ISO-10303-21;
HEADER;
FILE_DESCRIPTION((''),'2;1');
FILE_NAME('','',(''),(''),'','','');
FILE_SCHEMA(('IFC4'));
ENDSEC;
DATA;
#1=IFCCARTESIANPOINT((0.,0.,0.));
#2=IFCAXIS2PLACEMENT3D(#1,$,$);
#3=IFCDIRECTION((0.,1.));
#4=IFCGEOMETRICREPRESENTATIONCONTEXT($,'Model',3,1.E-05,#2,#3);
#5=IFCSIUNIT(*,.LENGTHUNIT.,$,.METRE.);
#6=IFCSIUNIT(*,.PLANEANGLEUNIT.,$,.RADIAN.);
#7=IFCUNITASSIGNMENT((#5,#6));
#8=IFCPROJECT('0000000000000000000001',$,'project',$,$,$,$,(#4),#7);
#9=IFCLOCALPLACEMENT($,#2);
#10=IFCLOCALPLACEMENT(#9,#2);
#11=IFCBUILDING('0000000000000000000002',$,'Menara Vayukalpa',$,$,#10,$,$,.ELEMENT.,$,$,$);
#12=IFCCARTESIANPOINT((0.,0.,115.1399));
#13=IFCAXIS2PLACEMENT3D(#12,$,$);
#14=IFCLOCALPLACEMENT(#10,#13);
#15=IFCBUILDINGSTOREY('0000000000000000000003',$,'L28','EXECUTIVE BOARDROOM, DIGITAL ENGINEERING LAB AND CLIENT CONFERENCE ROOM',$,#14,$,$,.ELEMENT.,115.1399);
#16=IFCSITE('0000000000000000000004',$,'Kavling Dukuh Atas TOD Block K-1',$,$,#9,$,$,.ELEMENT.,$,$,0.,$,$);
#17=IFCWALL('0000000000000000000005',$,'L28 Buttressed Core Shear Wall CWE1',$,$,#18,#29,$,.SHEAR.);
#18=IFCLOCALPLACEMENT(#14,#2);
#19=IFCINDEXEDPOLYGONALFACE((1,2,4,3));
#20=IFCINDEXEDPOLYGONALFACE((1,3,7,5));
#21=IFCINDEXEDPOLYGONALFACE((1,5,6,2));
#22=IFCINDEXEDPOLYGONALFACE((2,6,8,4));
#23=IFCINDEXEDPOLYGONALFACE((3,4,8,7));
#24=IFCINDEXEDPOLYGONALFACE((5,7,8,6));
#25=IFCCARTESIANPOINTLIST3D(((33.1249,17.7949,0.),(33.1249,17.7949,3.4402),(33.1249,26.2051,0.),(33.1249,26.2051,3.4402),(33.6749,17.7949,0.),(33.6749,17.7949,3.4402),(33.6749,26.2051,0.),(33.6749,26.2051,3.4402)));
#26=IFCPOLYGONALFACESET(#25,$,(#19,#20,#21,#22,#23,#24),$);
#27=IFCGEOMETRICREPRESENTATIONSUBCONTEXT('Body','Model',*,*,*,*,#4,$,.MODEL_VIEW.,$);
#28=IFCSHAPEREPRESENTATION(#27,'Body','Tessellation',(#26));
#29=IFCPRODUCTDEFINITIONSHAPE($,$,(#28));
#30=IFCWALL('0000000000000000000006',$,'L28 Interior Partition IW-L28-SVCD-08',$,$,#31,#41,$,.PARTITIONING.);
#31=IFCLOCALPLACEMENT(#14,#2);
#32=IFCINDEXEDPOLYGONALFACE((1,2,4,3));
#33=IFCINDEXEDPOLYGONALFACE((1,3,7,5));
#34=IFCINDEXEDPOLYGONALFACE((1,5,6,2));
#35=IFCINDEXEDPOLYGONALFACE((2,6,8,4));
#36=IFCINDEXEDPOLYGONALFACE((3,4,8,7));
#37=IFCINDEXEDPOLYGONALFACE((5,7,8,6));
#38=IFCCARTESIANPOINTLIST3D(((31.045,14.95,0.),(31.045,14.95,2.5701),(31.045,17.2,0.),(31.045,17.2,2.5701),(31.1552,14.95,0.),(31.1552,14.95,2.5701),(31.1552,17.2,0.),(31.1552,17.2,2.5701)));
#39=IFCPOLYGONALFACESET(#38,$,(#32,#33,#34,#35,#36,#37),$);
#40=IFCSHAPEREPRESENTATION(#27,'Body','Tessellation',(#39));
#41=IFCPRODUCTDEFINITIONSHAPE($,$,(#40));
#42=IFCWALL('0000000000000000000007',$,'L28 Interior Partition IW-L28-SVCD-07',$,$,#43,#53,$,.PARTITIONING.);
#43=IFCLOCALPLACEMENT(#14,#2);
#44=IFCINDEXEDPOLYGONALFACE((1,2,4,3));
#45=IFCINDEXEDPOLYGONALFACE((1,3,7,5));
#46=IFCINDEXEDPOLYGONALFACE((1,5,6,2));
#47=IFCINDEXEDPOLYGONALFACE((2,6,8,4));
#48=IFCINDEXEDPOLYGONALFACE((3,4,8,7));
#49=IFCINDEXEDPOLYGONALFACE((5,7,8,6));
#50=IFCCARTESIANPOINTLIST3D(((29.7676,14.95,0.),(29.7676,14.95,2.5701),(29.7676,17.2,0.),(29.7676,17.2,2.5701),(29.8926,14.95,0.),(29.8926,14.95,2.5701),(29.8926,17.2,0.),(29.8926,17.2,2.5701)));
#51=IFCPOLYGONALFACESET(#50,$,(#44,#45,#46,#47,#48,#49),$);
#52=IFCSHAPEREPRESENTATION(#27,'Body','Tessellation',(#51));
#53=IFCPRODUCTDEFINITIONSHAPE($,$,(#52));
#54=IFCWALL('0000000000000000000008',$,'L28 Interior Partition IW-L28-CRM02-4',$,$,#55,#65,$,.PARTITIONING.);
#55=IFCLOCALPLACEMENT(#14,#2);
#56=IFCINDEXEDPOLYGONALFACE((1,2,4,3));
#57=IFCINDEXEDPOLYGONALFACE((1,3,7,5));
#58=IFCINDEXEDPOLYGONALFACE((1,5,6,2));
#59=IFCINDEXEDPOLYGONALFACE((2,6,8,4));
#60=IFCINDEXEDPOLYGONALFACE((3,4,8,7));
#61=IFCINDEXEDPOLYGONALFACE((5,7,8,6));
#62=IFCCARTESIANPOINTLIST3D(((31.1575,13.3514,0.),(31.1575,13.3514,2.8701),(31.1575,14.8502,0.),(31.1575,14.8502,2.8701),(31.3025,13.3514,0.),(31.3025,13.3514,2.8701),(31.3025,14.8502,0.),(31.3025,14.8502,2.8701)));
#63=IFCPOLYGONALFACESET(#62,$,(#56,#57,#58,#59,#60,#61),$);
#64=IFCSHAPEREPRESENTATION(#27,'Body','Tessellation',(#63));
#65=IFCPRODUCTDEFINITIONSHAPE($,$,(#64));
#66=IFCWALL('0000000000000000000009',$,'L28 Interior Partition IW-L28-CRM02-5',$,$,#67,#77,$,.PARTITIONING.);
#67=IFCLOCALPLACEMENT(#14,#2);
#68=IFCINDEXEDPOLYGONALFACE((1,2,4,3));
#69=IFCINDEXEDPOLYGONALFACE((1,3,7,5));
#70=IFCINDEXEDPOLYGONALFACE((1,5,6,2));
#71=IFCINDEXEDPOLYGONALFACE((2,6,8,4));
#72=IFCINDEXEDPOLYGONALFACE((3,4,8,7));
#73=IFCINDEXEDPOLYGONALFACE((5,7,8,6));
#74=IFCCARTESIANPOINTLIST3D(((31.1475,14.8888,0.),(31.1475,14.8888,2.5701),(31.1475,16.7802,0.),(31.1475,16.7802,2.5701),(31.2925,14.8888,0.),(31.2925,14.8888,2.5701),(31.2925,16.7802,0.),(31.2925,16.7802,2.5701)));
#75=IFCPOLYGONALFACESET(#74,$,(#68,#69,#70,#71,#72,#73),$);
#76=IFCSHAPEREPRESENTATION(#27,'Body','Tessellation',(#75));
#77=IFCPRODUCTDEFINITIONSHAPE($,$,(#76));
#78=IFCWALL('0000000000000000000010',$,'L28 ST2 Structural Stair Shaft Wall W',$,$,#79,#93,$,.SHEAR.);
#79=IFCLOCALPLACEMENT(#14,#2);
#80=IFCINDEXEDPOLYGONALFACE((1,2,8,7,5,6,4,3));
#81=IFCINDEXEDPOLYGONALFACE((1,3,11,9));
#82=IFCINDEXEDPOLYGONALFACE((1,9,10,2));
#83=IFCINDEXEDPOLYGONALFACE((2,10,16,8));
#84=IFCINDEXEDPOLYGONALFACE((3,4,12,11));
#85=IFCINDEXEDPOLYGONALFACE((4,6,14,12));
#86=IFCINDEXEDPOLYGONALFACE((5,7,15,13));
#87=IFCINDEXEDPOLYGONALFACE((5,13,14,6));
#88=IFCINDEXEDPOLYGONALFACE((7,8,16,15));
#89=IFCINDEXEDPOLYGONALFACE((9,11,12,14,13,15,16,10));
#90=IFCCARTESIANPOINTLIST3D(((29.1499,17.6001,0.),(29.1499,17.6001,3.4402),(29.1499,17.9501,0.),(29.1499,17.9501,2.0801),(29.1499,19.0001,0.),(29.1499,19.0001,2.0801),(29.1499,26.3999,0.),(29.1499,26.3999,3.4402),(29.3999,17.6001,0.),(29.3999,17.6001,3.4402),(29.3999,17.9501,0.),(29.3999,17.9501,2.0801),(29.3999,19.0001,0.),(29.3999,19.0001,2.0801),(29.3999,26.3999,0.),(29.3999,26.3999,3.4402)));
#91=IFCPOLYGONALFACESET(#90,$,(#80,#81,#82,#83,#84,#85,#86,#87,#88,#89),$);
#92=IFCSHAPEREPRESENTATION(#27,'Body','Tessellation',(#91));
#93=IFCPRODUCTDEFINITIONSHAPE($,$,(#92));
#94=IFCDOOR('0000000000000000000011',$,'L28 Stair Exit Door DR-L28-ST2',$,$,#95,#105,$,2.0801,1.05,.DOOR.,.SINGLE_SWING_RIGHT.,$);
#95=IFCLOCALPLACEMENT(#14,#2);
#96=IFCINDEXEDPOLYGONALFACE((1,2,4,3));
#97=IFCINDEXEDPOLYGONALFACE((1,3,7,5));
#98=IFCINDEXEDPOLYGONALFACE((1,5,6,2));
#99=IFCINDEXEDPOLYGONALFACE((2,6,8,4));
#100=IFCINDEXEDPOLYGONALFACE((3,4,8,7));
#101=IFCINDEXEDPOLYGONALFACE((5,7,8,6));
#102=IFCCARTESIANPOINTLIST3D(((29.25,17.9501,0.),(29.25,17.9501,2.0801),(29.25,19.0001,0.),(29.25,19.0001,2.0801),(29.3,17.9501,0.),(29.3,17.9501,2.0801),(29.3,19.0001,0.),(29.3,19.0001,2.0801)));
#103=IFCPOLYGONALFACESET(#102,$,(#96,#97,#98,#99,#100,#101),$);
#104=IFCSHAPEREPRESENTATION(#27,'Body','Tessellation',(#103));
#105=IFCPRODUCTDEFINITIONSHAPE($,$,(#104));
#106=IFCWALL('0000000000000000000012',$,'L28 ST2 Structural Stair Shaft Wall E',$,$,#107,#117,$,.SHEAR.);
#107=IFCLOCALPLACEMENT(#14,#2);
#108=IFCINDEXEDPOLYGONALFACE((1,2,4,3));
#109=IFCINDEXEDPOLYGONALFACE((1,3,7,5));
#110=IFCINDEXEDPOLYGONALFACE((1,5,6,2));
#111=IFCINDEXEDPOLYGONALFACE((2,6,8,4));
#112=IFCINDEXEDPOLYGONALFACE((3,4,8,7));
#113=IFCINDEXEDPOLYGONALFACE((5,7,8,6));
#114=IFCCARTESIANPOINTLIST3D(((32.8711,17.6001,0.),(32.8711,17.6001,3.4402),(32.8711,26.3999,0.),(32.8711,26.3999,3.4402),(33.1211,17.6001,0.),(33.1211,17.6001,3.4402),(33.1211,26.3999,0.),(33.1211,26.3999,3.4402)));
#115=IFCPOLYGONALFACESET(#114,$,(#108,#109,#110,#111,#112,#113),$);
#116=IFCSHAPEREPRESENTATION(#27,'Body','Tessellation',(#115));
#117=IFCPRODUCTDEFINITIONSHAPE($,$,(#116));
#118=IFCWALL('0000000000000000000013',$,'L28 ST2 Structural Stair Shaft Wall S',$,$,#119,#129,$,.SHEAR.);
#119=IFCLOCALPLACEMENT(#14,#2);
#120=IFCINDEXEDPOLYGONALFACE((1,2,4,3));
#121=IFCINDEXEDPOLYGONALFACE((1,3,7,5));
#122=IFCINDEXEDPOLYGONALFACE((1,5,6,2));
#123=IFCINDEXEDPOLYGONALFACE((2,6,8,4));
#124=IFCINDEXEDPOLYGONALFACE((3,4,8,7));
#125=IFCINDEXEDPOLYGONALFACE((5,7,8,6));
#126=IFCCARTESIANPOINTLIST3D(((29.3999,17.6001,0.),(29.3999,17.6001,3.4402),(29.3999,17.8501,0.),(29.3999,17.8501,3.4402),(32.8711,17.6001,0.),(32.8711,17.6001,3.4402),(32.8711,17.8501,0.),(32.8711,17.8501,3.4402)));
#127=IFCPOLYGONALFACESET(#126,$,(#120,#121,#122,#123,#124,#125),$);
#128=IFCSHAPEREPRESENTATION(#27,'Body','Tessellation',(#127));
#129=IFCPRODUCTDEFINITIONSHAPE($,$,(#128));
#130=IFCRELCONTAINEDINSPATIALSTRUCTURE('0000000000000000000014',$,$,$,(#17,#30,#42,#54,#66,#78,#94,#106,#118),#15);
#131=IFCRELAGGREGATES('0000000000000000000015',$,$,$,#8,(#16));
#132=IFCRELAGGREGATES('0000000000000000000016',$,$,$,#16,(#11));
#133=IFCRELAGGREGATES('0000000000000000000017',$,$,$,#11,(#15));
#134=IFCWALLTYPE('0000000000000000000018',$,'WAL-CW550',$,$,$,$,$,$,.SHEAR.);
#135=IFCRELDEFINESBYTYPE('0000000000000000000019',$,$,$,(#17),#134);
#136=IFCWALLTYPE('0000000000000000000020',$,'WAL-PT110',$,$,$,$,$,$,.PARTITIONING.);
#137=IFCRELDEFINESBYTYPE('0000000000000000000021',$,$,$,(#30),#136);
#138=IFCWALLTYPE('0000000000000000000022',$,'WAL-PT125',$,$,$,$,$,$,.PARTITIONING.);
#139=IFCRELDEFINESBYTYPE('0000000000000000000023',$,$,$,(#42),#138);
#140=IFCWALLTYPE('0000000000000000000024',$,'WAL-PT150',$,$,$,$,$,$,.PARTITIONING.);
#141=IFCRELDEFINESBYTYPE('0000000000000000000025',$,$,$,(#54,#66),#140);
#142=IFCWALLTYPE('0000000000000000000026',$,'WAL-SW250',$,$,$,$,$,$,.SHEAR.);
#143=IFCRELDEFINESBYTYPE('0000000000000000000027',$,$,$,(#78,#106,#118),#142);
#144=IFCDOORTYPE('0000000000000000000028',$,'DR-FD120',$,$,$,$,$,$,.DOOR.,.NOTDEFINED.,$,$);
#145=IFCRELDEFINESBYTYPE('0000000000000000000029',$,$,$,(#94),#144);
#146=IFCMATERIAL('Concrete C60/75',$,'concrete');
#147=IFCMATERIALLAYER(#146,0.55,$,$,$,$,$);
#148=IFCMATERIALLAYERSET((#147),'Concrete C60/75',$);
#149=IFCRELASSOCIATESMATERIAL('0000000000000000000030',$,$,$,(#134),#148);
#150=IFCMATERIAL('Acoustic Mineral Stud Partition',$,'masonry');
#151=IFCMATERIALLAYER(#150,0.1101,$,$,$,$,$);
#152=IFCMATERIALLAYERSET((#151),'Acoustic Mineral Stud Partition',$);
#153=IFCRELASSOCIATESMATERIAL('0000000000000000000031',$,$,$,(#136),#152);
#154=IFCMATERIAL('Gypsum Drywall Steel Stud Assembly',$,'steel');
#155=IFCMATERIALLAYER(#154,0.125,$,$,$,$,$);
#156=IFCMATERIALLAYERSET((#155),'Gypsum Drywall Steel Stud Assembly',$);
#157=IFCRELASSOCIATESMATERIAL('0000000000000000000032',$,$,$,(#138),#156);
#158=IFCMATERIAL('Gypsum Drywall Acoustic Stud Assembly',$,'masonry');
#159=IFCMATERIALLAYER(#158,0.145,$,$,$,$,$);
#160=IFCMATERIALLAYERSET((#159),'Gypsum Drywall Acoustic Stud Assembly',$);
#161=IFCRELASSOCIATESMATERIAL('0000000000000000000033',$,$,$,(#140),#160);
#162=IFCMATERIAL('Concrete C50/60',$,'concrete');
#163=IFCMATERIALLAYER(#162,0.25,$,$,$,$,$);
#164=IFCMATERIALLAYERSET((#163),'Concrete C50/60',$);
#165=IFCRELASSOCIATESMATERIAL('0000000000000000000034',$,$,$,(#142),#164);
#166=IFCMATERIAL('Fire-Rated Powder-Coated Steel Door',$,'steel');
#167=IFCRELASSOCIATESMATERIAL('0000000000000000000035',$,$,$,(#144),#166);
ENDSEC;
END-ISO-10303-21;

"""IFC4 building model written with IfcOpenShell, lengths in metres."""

from ifc_helpers import new_model, si_unit, direction, frame, frame_2d, origin, place, context, subcontext, project, spatial, rectangle, extrude, material, layer, layer_set, type_object, element, fill, save


model = new_model("IFC4")

# Units and contexts
model_context = context("Model", 3, precision=1e-05, world=origin(), true_north=direction((0.0, 1.0)))
body_context = subcontext(model_context, "Body", "Model", "MODEL_VIEW")
ifc_project = project(units=[si_unit("LENGTHUNIT", "METRE"), si_unit("PLANEANGLEUNIT", "RADIAN")], contexts=[model_context])

# Site, building, storey
site_placement = place(None, origin())
site = spatial("IfcSite", under=ifc_project, at=site_placement, Name="Kavling Dukuh Atas TOD Block K-1", CompositionType="ELEMENT", RefElevation=0.0)
building_placement = place(site_placement, origin())
building = spatial("IfcBuilding", under=site, at=building_placement, Name="Menara Vayukalpa", CompositionType="ELEMENT")
storey_placement = place(building_placement, frame((0.0, 0.0, 115.1399)))
storey = spatial("IfcBuildingStorey", under=building, at=storey_placement, Name="L28", Description="EXECUTIVE BOARDROOM, DIGITAL ENGINEERING LAB AND CLIENT CONFERENCE ROOM", CompositionType="ELEMENT", Elevation=115.1399)

# Walls
ifc_material_1 = material(Name="Concrete C60/75", Category="concrete")
ifc_layer_1 = layer(ifc_material_1, 0.55)
ifc_layer_set_1 = layer_set([ifc_layer_1], Name="Concrete C60/75")
wall_type_1 = type_object("IfcWallType", Name="WAL-CW550", PredefinedType="SHEAR", material=ifc_layer_set_1)
wall_1_placement = place(storey_placement, frame((33.3999, 17.7949, 0.0), z_axis=(0.0, 0.0, 1.0), x_axis=(0.0, 1.0, 0.0)))
element("IfcWall", 1, at=wall_1_placement, inside=storey, type_object=wall_type_1, Name="L28 Buttressed Core Shear Wall CWE1", PredefinedType="SHEAR", context=body_context, shape_type="SweptSolid", body=[
    extrude(rectangle(XDim=8.4102, YDim=0.55, at=frame_2d((4.2051, 0.0))), origin(), (0.0, 0.0, 1.0), 3.4402),
])
ifc_material_2 = material(Name="Acoustic Mineral Stud Partition", Category="masonry")
ifc_layer_2 = layer(ifc_material_2, 0.1101)
ifc_layer_set_2 = layer_set([ifc_layer_2], Name="Acoustic Mineral Stud Partition")
wall_type_2 = type_object("IfcWallType", Name="WAL-PT110", PredefinedType="PARTITIONING", material=ifc_layer_set_2)
wall_2_placement = place(storey_placement, frame((31.1001, 14.95, 0.0), z_axis=(0.0, 0.0, 1.0), x_axis=(0.0, 1.0, 0.0)))
element("IfcWall", 2, at=wall_2_placement, inside=storey, type_object=wall_type_2, Name="L28 Interior Partition IW-L28-SVCD-08", PredefinedType="PARTITIONING", context=body_context, shape_type="SweptSolid", body=[
    extrude(rectangle(XDim=2.25, YDim=0.1101, at=frame_2d((1.125, 0.0))), origin(), (0.0, 0.0, 1.0), 2.5701),
])
ifc_material_3 = material(Name="Gypsum Drywall Steel Stud Assembly", Category="steel")
ifc_layer_3 = layer(ifc_material_3, 0.125)
ifc_layer_set_3 = layer_set([ifc_layer_3], Name="Gypsum Drywall Steel Stud Assembly")
wall_type_3 = type_object("IfcWallType", Name="WAL-PT125", PredefinedType="PARTITIONING", material=ifc_layer_set_3)
wall_3_placement = place(storey_placement, frame((29.8301, 14.95, 0.0), z_axis=(0.0, 0.0, 1.0), x_axis=(0.0, 1.0, 0.0)))
element("IfcWall", 3, at=wall_3_placement, inside=storey, type_object=wall_type_3, Name="L28 Interior Partition IW-L28-SVCD-07", PredefinedType="PARTITIONING", context=body_context, shape_type="SweptSolid", body=[
    extrude(rectangle(XDim=2.25, YDim=0.125, at=frame_2d((1.125, 0.0))), origin(), (0.0, 0.0, 1.0), 2.5701),
])
ifc_material_4 = material(Name="Gypsum Drywall Acoustic Stud Assembly", Category="masonry")
ifc_layer_4 = layer(ifc_material_4, 0.145)
ifc_layer_set_4 = layer_set([ifc_layer_4], Name="Gypsum Drywall Acoustic Stud Assembly")
wall_type_4 = type_object("IfcWallType", Name="WAL-PT150", PredefinedType="PARTITIONING", material=ifc_layer_set_4)
wall_4_placement = place(storey_placement, frame((31.23, 13.3513, 0.0), z_axis=(0.0, 0.0, 1.0), x_axis=(0.0, 1.0, 0.0)))
element("IfcWall", 4, at=wall_4_placement, inside=storey, type_object=wall_type_4, Name="L28 Interior Partition IW-L28-CRM02-4", PredefinedType="PARTITIONING", context=body_context, shape_type="SweptSolid", body=[
    extrude(rectangle(XDim=1.4988, YDim=0.145, at=frame_2d((0.7495, 0.0))), origin(), (0.0, 0.0, 1.0), 2.8701),
])
wall_5_placement = place(storey_placement, frame((31.22, 14.8887, 0.0), z_axis=(0.0, 0.0, 1.0), x_axis=(0.0, 1.0, 0.0)))
element("IfcWall", 5, at=wall_5_placement, inside=storey, type_object=wall_type_4, Name="L28 Interior Partition IW-L28-CRM02-5", PredefinedType="PARTITIONING", context=body_context, shape_type="SweptSolid", body=[
    extrude(rectangle(XDim=1.8914, YDim=0.145, at=frame_2d((0.9458, 0.0))), origin(), (0.0, 0.0, 1.0), 2.5701),
])

# Wall, opening, door
ifc_material_5 = material(Name="Concrete C50/60", Category="concrete")
ifc_layer_5 = layer(ifc_material_5, 0.25)
ifc_layer_set_5 = layer_set([ifc_layer_5], Name="Concrete C50/60")
wall_type_5 = type_object("IfcWallType", Name="WAL-SW250", PredefinedType="SHEAR", material=ifc_layer_set_5)
wall_6_placement = place(storey_placement, frame((29.2749, 17.6001, 0.0), z_axis=(0.0, 0.0, 1.0), x_axis=(0.0, 1.0, 0.0)))
wall_6 = element("IfcWall", 6, at=wall_6_placement, inside=storey, type_object=wall_type_5, Name="L28 ST2 Structural Stair Shaft Wall W", PredefinedType="SHEAR", context=body_context, shape_type="SweptSolid", body=[
    extrude(rectangle(XDim=8.7998, YDim=0.25, at=frame_2d((4.3999, 0.0))), origin(), (0.0, 0.0, 1.0), 3.4402),
])
opening_placement = place(wall_6_placement, frame((0.3501, 0.0, 0.0)))
opening = element("IfcOpeningElement", 7, at=opening_placement, cuts=wall_6, PredefinedType="OPENING", context=body_context, shape_type="SweptSolid", body=[
    extrude(rectangle(XDim=1.05, YDim=2.0801, at=frame_2d((0.5249, 1.04))), frame((0.0, 0.135, 0.0), z_axis=(0.0, -1.0, 0.0), x_axis=(1.0, 0.0, 0.0)), (0.0, 0.0, 1.0), 0.27),
])
ifc_material_6 = material(Name="Fire-Rated Powder-Coated Steel Door", Category="steel")
door_type = type_object("IfcDoorType", Name="DR-FD120", OperationType="NOTDEFINED", PredefinedType="DOOR", material=ifc_material_6)
door_placement = place(opening_placement, origin())
door = element("IfcDoor", 8, at=door_placement, inside=storey, type_object=door_type, Name="L28 Stair Exit Door DR-L28-ST2", OperationType="SINGLE_SWING_RIGHT", OverallHeight=2.0801, OverallWidth=1.05, PredefinedType="DOOR", context=body_context, shape_type="SweptSolid", body=[
    extrude(rectangle(XDim=1.05, YDim=2.0801, at=frame_2d((0.5249, 1.04))), frame((0.0, 0.0249, 0.0), z_axis=(0.0, -1.0, 0.0), x_axis=(1.0, 0.0, 0.0)), (0.0, 0.0, 1.0), 0.05),
])
fill(opening, door)

# Walls
wall_7_placement = place(storey_placement, frame((32.9961, 17.6001, 0.0), z_axis=(0.0, 0.0, 1.0), x_axis=(0.0, 1.0, 0.0)))
element("IfcWall", 9, at=wall_7_placement, inside=storey, type_object=wall_type_5, Name="L28 ST2 Structural Stair Shaft Wall E", PredefinedType="SHEAR", context=body_context, shape_type="SweptSolid", body=[
    extrude(rectangle(XDim=8.7998, YDim=0.25, at=frame_2d((4.3999, 0.0))), origin(), (0.0, 0.0, 1.0), 3.4402),
])
wall_8_placement = place(storey_placement, frame((29.3999, 17.7251, 0.0), z_axis=(0.0, 0.0, 1.0), x_axis=(1.0, 0.0, 0.0)))
element("IfcWall", 10, at=wall_8_placement, inside=storey, type_object=wall_type_5, Name="L28 ST2 Structural Stair Shaft Wall S", PredefinedType="SHEAR", context=body_context, shape_type="SweptSolid", body=[
    extrude(rectangle(XDim=3.4712, YDim=0.25, at=frame_2d((1.7356, 0.0))), origin(), (0.0, 0.0, 1.0), 3.4402),
])

save(model, "model.ifc")
